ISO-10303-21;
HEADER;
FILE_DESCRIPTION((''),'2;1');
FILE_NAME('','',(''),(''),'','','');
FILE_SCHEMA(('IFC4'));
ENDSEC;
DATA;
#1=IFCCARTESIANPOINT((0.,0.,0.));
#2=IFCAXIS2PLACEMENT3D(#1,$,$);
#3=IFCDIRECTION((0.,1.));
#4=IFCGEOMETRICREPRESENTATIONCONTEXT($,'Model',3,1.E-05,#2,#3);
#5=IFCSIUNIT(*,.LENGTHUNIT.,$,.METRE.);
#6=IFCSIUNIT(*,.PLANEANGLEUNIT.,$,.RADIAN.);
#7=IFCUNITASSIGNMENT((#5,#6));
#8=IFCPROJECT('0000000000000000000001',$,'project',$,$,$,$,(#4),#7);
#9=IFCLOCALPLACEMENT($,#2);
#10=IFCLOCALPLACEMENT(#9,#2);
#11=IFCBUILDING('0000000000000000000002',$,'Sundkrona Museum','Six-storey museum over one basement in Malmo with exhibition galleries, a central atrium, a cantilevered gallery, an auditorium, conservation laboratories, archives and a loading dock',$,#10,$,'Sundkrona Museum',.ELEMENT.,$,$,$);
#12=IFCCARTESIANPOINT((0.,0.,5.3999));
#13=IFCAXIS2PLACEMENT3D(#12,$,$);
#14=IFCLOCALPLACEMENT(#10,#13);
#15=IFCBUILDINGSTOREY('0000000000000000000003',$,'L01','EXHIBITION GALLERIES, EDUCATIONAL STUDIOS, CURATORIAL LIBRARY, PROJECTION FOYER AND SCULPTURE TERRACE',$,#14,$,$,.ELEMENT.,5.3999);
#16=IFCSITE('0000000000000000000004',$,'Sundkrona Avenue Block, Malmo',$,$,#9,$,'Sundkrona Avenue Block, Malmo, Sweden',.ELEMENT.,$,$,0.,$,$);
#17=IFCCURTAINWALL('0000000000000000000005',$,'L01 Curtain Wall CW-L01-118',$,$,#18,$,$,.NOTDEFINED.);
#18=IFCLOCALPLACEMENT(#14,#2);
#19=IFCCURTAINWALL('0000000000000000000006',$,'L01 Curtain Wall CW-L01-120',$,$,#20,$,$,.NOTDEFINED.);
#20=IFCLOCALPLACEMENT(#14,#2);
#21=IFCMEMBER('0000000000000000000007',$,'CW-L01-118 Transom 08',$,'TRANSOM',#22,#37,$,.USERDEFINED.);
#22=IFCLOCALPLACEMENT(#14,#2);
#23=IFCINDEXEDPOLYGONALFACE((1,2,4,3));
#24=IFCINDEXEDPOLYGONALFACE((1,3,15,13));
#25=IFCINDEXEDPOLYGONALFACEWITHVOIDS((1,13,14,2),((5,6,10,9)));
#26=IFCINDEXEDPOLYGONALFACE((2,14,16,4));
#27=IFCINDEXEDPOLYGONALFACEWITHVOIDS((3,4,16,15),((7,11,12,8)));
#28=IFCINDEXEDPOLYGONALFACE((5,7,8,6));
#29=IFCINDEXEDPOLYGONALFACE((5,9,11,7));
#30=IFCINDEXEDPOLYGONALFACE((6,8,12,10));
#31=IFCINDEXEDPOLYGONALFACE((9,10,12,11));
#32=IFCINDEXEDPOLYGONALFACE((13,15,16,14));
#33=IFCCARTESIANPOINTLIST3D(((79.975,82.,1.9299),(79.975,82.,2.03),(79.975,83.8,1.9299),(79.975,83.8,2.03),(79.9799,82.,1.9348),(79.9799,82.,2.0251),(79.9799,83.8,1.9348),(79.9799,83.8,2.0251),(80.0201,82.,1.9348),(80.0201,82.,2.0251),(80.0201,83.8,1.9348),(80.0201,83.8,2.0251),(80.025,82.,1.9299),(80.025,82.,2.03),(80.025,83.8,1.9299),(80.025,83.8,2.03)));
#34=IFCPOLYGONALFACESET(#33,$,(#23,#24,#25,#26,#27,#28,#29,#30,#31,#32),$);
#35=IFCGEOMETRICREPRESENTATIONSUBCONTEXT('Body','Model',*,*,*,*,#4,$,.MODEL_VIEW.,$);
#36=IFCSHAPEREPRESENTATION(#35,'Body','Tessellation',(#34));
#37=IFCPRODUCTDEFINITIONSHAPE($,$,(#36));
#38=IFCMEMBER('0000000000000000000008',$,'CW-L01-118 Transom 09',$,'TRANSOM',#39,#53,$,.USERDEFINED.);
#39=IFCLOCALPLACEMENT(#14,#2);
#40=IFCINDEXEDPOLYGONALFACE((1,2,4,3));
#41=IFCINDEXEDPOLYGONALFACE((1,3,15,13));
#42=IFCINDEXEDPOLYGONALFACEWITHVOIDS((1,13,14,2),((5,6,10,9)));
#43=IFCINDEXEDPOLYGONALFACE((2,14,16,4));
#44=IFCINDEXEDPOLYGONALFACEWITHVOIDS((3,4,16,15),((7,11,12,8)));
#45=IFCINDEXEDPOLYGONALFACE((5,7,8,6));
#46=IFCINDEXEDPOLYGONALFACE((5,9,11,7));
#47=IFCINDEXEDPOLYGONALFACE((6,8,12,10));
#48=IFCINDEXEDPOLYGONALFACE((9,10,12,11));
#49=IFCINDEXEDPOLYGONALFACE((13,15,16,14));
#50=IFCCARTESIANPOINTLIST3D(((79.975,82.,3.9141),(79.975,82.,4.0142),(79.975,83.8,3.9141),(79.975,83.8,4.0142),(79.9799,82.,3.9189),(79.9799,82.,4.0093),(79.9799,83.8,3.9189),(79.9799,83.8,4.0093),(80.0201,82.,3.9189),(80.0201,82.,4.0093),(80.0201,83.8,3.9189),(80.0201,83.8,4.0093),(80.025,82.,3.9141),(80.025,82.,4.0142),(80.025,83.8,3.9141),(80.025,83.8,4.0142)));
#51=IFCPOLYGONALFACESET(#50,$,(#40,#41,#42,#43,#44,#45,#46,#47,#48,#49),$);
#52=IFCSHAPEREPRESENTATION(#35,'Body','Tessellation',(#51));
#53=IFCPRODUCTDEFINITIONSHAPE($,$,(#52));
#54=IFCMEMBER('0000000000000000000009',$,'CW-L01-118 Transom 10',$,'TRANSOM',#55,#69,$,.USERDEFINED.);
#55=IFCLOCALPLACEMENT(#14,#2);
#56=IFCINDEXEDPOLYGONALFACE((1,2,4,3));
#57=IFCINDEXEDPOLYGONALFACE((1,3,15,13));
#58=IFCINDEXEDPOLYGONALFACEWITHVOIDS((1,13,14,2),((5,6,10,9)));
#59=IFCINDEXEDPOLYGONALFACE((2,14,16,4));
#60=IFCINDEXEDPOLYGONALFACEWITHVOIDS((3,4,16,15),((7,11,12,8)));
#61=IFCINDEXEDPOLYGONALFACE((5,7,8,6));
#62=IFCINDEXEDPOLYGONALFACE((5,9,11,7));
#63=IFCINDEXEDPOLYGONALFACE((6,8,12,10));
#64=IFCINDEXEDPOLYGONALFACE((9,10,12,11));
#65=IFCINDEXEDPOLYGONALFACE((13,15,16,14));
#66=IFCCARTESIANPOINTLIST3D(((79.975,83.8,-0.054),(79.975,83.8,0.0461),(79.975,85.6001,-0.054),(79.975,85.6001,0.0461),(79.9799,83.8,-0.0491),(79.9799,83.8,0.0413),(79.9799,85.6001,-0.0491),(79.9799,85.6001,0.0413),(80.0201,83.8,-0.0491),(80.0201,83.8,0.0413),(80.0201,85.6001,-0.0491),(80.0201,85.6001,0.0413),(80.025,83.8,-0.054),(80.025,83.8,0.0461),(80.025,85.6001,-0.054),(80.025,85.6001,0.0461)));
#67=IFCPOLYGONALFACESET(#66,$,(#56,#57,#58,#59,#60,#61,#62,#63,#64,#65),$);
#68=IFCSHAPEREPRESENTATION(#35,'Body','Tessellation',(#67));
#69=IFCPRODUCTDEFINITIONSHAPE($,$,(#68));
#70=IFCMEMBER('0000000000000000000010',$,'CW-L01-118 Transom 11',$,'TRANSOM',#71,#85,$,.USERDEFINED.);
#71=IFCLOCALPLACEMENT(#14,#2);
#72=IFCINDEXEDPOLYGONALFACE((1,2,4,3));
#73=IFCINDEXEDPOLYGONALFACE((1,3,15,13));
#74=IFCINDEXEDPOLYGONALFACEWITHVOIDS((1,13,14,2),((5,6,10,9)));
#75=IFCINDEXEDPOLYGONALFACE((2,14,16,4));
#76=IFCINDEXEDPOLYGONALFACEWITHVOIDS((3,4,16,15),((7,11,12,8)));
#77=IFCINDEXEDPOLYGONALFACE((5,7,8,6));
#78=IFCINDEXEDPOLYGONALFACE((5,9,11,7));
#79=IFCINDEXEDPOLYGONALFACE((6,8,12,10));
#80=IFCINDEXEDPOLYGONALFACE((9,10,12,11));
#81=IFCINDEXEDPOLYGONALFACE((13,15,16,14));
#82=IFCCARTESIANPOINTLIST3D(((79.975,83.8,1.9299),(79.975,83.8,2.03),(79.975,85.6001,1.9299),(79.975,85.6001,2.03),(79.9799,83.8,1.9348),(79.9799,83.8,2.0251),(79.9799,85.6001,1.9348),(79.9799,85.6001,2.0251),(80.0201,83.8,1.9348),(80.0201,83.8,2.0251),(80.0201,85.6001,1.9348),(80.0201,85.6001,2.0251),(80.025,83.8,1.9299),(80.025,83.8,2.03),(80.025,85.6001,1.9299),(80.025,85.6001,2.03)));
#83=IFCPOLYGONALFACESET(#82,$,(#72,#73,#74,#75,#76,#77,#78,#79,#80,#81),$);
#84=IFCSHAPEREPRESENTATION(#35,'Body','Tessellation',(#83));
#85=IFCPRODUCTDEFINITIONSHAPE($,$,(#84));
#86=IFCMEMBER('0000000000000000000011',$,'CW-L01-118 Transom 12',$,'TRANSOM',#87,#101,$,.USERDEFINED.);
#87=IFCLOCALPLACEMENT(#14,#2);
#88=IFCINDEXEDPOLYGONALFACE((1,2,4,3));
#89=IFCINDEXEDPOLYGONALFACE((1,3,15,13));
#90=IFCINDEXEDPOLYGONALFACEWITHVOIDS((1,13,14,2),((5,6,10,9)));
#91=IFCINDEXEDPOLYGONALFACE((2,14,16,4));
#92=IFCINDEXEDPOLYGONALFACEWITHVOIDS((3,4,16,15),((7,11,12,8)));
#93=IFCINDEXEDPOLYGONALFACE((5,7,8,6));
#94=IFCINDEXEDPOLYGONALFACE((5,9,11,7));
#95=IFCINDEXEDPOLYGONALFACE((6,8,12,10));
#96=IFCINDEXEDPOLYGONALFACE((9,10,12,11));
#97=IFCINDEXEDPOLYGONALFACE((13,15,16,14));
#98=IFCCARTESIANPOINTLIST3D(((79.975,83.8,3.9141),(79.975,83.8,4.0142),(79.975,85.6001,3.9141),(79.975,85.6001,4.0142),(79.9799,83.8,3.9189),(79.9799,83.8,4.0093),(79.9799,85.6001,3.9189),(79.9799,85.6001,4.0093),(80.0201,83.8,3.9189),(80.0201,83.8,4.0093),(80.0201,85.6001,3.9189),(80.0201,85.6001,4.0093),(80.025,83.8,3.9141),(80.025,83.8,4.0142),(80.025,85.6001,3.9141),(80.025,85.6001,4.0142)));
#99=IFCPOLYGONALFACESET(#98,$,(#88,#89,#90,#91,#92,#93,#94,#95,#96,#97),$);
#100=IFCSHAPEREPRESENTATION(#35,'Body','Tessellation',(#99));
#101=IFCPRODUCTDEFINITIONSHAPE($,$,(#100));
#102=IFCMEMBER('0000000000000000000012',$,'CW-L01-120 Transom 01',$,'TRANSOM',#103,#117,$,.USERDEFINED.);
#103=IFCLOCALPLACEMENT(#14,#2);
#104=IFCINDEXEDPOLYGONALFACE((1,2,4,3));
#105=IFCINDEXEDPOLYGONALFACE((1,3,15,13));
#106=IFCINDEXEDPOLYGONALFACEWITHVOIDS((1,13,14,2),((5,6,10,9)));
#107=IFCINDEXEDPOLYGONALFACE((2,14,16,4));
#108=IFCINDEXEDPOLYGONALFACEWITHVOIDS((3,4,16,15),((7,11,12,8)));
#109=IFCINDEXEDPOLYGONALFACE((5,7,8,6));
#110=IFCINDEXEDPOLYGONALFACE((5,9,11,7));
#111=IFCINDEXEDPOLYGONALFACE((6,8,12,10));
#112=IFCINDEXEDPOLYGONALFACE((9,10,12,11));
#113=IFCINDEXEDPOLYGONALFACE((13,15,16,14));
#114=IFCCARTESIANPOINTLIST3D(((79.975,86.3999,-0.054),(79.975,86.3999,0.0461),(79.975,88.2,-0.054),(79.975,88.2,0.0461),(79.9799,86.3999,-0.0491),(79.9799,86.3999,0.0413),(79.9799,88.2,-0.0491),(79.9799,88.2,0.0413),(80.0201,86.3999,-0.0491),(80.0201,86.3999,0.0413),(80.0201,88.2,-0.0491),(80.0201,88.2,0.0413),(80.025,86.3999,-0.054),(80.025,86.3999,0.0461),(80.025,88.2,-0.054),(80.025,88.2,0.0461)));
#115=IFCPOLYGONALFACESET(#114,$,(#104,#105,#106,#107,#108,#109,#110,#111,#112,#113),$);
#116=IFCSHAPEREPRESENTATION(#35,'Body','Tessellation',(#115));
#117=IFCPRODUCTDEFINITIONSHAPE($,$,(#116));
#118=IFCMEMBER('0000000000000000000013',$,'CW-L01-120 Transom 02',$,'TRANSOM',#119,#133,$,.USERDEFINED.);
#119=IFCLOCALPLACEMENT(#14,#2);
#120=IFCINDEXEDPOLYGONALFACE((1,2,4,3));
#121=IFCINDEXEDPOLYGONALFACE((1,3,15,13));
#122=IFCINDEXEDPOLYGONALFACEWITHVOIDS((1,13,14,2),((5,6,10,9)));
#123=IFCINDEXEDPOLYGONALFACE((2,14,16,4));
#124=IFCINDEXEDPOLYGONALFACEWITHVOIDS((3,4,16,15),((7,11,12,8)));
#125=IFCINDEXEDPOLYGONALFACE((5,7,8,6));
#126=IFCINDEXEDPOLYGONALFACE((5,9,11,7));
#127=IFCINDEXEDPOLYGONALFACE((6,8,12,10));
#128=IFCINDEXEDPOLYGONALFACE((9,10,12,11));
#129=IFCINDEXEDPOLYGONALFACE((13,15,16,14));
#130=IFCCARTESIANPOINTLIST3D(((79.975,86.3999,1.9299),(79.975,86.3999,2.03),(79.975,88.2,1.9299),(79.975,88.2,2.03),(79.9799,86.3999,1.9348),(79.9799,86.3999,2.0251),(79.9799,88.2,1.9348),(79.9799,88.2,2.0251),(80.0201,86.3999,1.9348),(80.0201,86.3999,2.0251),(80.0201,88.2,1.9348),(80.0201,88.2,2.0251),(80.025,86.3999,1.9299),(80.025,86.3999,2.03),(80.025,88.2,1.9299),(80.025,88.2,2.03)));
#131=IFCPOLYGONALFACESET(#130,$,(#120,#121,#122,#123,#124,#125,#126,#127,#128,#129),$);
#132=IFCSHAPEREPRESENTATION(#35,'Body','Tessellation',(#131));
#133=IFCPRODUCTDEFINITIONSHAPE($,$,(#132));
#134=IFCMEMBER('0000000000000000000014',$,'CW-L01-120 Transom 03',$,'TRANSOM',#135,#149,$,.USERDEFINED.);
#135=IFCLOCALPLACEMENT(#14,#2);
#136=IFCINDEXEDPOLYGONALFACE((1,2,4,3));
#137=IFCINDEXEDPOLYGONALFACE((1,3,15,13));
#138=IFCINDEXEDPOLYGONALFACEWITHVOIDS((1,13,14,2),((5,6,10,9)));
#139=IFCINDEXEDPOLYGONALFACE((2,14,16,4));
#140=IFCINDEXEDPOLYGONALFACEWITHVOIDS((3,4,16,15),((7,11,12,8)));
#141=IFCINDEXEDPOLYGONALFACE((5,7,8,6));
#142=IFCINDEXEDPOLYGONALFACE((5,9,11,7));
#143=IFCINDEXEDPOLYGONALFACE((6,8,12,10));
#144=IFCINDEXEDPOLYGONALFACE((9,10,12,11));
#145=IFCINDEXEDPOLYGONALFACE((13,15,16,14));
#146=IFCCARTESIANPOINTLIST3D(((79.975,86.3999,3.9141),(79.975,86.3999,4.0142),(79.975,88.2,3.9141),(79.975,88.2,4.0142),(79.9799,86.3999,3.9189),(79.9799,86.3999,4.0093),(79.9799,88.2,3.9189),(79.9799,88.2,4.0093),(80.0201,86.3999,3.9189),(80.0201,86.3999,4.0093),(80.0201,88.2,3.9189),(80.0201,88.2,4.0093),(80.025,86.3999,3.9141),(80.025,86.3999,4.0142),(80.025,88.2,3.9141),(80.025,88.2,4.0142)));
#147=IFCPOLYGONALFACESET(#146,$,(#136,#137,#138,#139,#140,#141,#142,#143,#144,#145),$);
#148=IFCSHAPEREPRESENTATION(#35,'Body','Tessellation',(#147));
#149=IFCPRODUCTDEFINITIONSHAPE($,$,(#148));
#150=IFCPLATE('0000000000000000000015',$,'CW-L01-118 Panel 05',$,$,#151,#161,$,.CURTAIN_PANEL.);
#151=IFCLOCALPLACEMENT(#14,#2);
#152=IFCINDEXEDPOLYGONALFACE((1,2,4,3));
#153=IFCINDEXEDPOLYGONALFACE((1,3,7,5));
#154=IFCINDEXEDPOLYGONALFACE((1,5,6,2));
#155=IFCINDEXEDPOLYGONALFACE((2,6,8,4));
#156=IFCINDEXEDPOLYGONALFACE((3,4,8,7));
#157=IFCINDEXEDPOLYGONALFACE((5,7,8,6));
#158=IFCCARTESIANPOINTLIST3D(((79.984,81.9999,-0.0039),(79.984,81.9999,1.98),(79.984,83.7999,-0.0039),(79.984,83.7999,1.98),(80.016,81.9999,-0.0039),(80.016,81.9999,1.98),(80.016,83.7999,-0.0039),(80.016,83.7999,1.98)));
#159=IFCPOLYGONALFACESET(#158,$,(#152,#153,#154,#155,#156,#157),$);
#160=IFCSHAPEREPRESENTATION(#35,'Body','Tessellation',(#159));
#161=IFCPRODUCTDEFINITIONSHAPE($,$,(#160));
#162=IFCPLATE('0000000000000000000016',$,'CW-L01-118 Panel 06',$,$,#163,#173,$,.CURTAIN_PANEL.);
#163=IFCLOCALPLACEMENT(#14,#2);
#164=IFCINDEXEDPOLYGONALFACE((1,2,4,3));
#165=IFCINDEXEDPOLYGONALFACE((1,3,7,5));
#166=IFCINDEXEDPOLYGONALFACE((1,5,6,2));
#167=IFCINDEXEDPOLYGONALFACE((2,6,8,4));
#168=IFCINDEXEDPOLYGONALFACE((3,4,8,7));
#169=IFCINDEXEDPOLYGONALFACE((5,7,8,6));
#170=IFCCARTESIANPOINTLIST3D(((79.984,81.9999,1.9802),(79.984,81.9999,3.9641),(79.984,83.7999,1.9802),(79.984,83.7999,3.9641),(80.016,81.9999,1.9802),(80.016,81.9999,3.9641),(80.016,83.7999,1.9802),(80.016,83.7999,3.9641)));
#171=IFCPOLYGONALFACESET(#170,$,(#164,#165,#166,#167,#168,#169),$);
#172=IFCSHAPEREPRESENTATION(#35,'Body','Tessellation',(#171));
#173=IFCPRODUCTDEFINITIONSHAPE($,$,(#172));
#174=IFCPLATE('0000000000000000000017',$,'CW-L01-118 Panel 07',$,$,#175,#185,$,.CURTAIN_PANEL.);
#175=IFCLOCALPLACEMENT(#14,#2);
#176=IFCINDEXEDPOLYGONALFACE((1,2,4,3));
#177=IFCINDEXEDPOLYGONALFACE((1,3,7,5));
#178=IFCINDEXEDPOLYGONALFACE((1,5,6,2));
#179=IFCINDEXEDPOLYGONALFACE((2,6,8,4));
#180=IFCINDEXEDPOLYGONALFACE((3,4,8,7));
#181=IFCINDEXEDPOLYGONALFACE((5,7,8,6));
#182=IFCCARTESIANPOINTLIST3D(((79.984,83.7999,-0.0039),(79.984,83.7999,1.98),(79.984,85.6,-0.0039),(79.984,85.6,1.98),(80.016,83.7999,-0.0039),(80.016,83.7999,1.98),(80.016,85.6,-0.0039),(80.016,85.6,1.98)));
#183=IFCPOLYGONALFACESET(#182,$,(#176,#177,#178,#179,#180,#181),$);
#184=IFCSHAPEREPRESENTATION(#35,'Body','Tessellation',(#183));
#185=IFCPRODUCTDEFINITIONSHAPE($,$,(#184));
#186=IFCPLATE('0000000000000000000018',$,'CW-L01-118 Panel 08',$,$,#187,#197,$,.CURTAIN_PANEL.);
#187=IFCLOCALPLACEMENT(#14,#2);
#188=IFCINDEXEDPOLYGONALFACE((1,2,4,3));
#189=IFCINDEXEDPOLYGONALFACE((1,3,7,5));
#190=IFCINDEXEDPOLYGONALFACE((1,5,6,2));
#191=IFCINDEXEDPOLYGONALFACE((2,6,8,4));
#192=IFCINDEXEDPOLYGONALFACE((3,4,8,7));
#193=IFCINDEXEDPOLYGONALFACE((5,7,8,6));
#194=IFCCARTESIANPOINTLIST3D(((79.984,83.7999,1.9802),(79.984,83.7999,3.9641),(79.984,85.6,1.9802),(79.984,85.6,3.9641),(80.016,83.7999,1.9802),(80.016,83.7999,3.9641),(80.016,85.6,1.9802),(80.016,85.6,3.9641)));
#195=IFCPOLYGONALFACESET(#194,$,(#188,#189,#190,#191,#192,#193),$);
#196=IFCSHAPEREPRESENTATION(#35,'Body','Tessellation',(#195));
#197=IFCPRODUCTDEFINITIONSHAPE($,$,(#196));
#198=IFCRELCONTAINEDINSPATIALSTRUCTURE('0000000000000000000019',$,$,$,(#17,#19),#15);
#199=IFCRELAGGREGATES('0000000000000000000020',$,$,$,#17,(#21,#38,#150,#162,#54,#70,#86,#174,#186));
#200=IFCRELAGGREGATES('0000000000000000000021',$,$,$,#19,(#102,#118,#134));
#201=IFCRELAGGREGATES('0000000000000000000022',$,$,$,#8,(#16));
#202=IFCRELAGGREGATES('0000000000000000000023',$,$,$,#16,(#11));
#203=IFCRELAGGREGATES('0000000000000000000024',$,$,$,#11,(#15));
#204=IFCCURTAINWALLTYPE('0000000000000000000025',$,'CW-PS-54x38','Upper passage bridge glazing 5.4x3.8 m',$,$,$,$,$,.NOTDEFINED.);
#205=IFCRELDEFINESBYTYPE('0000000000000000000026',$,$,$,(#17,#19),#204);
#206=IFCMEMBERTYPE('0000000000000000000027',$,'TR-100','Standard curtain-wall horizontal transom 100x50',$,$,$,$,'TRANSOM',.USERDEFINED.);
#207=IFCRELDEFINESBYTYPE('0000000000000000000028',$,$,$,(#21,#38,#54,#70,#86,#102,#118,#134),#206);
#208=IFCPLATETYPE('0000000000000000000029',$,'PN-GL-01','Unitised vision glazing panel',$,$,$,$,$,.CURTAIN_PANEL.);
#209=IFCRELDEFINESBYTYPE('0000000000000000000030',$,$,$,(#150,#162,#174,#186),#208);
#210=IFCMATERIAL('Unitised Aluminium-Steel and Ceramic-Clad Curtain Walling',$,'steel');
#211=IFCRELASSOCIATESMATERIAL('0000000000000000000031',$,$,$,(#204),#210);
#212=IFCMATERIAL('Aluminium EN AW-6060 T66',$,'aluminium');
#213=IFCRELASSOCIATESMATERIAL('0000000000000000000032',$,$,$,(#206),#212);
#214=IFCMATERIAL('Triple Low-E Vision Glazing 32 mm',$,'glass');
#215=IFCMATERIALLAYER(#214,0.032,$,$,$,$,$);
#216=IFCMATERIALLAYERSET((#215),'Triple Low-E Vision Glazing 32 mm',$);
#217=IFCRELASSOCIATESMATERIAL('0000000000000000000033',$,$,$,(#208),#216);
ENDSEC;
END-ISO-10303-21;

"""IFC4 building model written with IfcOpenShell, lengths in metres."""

from ifc_helpers import new_model, si_unit, direction, frame, origin, origin_2d, place, context, subcontext, project, spatial, rectangle, hollow_rectangle, extrude, material, layer, layer_set, material_profile, profile_set, type_object, element, aggregate, save


model = new_model("IFC4")

# Units and contexts
model_context = context("Model", 3, precision=1e-05, world=origin(), true_north=direction((0.0, 1.0)))
body_context = subcontext(model_context, "Body", "Model", "MODEL_VIEW")
ifc_project = project(units=[si_unit("LENGTHUNIT", "METRE"), si_unit("PLANEANGLEUNIT", "RADIAN")], contexts=[model_context])

# Site, building, storey
site_placement = place(None, origin())
site = spatial("IfcSite", under=ifc_project, at=site_placement, Name="Sundkrona Avenue Block, Malmo", LongName="Sundkrona Avenue Block, Malmo, Sweden", CompositionType="ELEMENT", RefElevation=0.0)
building_placement = place(site_placement, origin())
building = spatial("IfcBuilding", under=site, at=building_placement, Name="Sundkrona Museum", Description="Six-storey museum over one basement in Malmo with exhibition galleries, a central atrium, a cantilevered gallery, an auditorium, conservation laboratories, archives and a loading dock", LongName="Sundkrona Museum", CompositionType="ELEMENT")
storey_placement = place(building_placement, frame((0.0, 0.0, 5.3999)))
storey = spatial("IfcBuildingStorey", under=building, at=storey_placement, Name="L01", Description="EXHIBITION GALLERIES, EDUCATIONAL STUDIOS, CURATORIAL LIBRARY, PROJECTION FOYER AND SCULPTURE TERRACE", CompositionType="ELEMENT", Elevation=5.3999)

# Curtain wall
ifc_material_1 = material(Name="Unitised Aluminium-Steel and Ceramic-Clad Curtain Walling", Category="steel")
curtain_wall_type = type_object("IfcCurtainWallType", Name="CW-PS-54x38", Description="Upper passage bridge glazing 5.4x3.8 m", PredefinedType="NOTDEFINED", material=ifc_material_1)
curtain_wall_1_placement = place(storey_placement, origin())
curtain_wall_1 = element("IfcCurtainWall", 1, at=curtain_wall_1_placement, inside=storey, type_object=curtain_wall_type, Name="L01 Curtain Wall CW-L01-118", PredefinedType="NOTDEFINED")
ifc_material_2 = material(Name="Aluminium EN AW-6060 T66", Category="aluminium")

# Curtain wall
curtain_wall_2_placement = place(storey_placement, origin())
curtain_wall_2 = element("IfcCurtainWall", 2, at=curtain_wall_2_placement, inside=storey, type_object=curtain_wall_type, Name="L01 Curtain Wall CW-L01-120", PredefinedType="NOTDEFINED")

# Members
ifc_material_profile_1 = material_profile(ifc_material_2, hollow_rectangle(XDim=0.05, YDim=0.1001, WallThickness=0.0049, at=origin_2d()), Name="RHS 100x50x5.0")
ifc_profile_set_1 = profile_set([ifc_material_profile_1], Name="Aluminium EN AW-6060 T66")
member_type_1 = type_object("IfcMemberType", Name="TR-100", Description="Standard curtain-wall horizontal transom 100x50", ElementType="TRANSOM", PredefinedType="USERDEFINED", material=ifc_profile_set_1)
member_1_placement = place(storey_placement, frame((80.0, 82.0, 1.98), z_axis=(0.0, 1.0, 0.0), x_axis=(-1.0, 0.0, 0.0)))
member_1 = element("IfcMember", 3, at=member_1_placement, type_object=member_type_1, Name="CW-L01-118 Transom 08", ObjectType="TRANSOM", PredefinedType="USERDEFINED", context=body_context, shape_type="SweptSolid", body=[
    extrude(hollow_rectangle(XDim=0.05, YDim=0.1001, WallThickness=0.0049, at=origin_2d()), origin(), (0.0, 0.0, 1.0), 1.8),
])
member_2_placement = place(storey_placement, frame((80.0, 82.0, 3.9641), z_axis=(0.0, 1.0, 0.0), x_axis=(-1.0, 0.0, 0.0)))
member_2 = element("IfcMember", 4, at=member_2_placement, type_object=member_type_1, Name="CW-L01-118 Transom 09", ObjectType="TRANSOM", PredefinedType="USERDEFINED", context=body_context, shape_type="SweptSolid", body=[
    extrude(hollow_rectangle(XDim=0.05, YDim=0.1001, WallThickness=0.0049, at=origin_2d()), origin(), (0.0, 0.0, 1.0), 1.8),
])
member_3_placement = place(storey_placement, frame((80.0, 83.8, -0.0039), z_axis=(0.0, 1.0, 0.0), x_axis=(-1.0, 0.0, 0.0)))
member_3 = element("IfcMember", 5, at=member_3_placement, type_object=member_type_1, Name="CW-L01-118 Transom 10", ObjectType="TRANSOM", PredefinedType="USERDEFINED", context=body_context, shape_type="SweptSolid", body=[
    extrude(hollow_rectangle(XDim=0.05, YDim=0.1001, WallThickness=0.0049, at=origin_2d()), origin(), (0.0, 0.0, 1.0), 1.8),
])
member_4_placement = place(storey_placement, frame((80.0, 83.8, 1.98), z_axis=(0.0, 1.0, 0.0), x_axis=(-1.0, 0.0, 0.0)))
member_4 = element("IfcMember", 6, at=member_4_placement, type_object=member_type_1, Name="CW-L01-118 Transom 11", ObjectType="TRANSOM", PredefinedType="USERDEFINED", context=body_context, shape_type="SweptSolid", body=[
    extrude(hollow_rectangle(XDim=0.05, YDim=0.1001, WallThickness=0.0049, at=origin_2d()), origin(), (0.0, 0.0, 1.0), 1.8),
])
member_5_placement = place(storey_placement, frame((80.0, 83.8, 3.9641), z_axis=(0.0, 1.0, 0.0), x_axis=(-1.0, 0.0, 0.0)))
member_5 = element("IfcMember", 7, at=member_5_placement, type_object=member_type_1, Name="CW-L01-118 Transom 12", ObjectType="TRANSOM", PredefinedType="USERDEFINED", context=body_context, shape_type="SweptSolid", body=[
    extrude(hollow_rectangle(XDim=0.05, YDim=0.1001, WallThickness=0.0049, at=origin_2d()), origin(), (0.0, 0.0, 1.0), 1.8),
])
member_6_placement = place(storey_placement, frame((80.0, 86.3999, -0.0039), z_axis=(0.0, 1.0, 0.0), x_axis=(-1.0, 0.0, 0.0)))
member_6 = element("IfcMember", 8, at=member_6_placement, type_object=member_type_1, Name="CW-L01-120 Transom 01", ObjectType="TRANSOM", PredefinedType="USERDEFINED", context=body_context, shape_type="SweptSolid", body=[
    extrude(hollow_rectangle(XDim=0.05, YDim=0.1001, WallThickness=0.0049, at=origin_2d()), origin(), (0.0, 0.0, 1.0), 1.8),
])
member_7_placement = place(storey_placement, frame((80.0, 86.3999, 1.98), z_axis=(0.0, 1.0, 0.0), x_axis=(-1.0, 0.0, 0.0)))
member_7 = element("IfcMember", 9, at=member_7_placement, type_object=member_type_1, Name="CW-L01-120 Transom 02", ObjectType="TRANSOM", PredefinedType="USERDEFINED", context=body_context, shape_type="SweptSolid", body=[
    extrude(hollow_rectangle(XDim=0.05, YDim=0.1001, WallThickness=0.0049, at=origin_2d()), origin(), (0.0, 0.0, 1.0), 1.8),
])
member_8_placement = place(storey_placement, frame((80.0, 86.3999, 3.9641), z_axis=(0.0, 1.0, 0.0), x_axis=(-1.0, 0.0, 0.0)))
member_8 = element("IfcMember", 10, at=member_8_placement, type_object=member_type_1, Name="CW-L01-120 Transom 03", ObjectType="TRANSOM", PredefinedType="USERDEFINED", context=body_context, shape_type="SweptSolid", body=[
    extrude(hollow_rectangle(XDim=0.05, YDim=0.1001, WallThickness=0.0049, at=origin_2d()), origin(), (0.0, 0.0, 1.0), 1.8),
])

# Plates
ifc_material_3 = material(Name="Triple Low-E Vision Glazing 32 mm", Category="glass")
ifc_layer = layer(ifc_material_3, 0.032)
ifc_layer_set = layer_set([ifc_layer], Name="Triple Low-E Vision Glazing 32 mm")
plate_type = type_object("IfcPlateType", Name="PN-GL-01", Description="Unitised vision glazing panel", PredefinedType="CURTAIN_PANEL", material=ifc_layer_set)
plate_1_placement = place(storey_placement, frame((80.0, 82.8999, -0.0039), z_axis=(0.0, 0.0, 1.0), x_axis=(0.0, 1.0, 0.0)))
plate_1 = element("IfcPlate", 11, at=plate_1_placement, type_object=plate_type, Name="CW-L01-118 Panel 05", PredefinedType="CURTAIN_PANEL", context=body_context, shape_type="SweptSolid", body=[
    extrude(rectangle(XDim=1.8, YDim=0.032, at=origin_2d()), origin(), (0.0, 0.0, 1.0), 1.9839),
])
plate_2_placement = place(storey_placement, frame((80.0, 82.8999, 1.9802), z_axis=(0.0, 0.0, 1.0), x_axis=(0.0, 1.0, 0.0)))
plate_2 = element("IfcPlate", 12, at=plate_2_placement, type_object=plate_type, Name="CW-L01-118 Panel 06", PredefinedType="CURTAIN_PANEL", context=body_context, shape_type="SweptSolid", body=[
    extrude(rectangle(XDim=1.8, YDim=0.032, at=origin_2d()), origin(), (0.0, 0.0, 1.0), 1.9839),
])
plate_3_placement = place(storey_placement, frame((80.0, 84.7, -0.0039), z_axis=(0.0, 0.0, 1.0), x_axis=(0.0, 1.0, 0.0)))
plate_3 = element("IfcPlate", 13, at=plate_3_placement, type_object=plate_type, Name="CW-L01-118 Panel 07", PredefinedType="CURTAIN_PANEL", context=body_context, shape_type="SweptSolid", body=[
    extrude(rectangle(XDim=1.8, YDim=0.032, at=origin_2d()), origin(), (0.0, 0.0, 1.0), 1.9839),
])
plate_4_placement = place(storey_placement, frame((80.0, 84.7, 1.9802), z_axis=(0.0, 0.0, 1.0), x_axis=(0.0, 1.0, 0.0)))
plate_4 = element("IfcPlate", 14, at=plate_4_placement, type_object=plate_type, Name="CW-L01-118 Panel 08", PredefinedType="CURTAIN_PANEL", context=body_context, shape_type="SweptSolid", body=[
    extrude(rectangle(XDim=1.8, YDim=0.032, at=origin_2d()), origin(), (0.0, 0.0, 1.0), 1.9839),
])
aggregate(curtain_wall_1, [member_1, member_2, plate_1, plate_2, member_3, member_4, member_5, plate_3, plate_4])
aggregate(curtain_wall_2, [member_6, member_7, member_8])

save(model, "model.ifc")
